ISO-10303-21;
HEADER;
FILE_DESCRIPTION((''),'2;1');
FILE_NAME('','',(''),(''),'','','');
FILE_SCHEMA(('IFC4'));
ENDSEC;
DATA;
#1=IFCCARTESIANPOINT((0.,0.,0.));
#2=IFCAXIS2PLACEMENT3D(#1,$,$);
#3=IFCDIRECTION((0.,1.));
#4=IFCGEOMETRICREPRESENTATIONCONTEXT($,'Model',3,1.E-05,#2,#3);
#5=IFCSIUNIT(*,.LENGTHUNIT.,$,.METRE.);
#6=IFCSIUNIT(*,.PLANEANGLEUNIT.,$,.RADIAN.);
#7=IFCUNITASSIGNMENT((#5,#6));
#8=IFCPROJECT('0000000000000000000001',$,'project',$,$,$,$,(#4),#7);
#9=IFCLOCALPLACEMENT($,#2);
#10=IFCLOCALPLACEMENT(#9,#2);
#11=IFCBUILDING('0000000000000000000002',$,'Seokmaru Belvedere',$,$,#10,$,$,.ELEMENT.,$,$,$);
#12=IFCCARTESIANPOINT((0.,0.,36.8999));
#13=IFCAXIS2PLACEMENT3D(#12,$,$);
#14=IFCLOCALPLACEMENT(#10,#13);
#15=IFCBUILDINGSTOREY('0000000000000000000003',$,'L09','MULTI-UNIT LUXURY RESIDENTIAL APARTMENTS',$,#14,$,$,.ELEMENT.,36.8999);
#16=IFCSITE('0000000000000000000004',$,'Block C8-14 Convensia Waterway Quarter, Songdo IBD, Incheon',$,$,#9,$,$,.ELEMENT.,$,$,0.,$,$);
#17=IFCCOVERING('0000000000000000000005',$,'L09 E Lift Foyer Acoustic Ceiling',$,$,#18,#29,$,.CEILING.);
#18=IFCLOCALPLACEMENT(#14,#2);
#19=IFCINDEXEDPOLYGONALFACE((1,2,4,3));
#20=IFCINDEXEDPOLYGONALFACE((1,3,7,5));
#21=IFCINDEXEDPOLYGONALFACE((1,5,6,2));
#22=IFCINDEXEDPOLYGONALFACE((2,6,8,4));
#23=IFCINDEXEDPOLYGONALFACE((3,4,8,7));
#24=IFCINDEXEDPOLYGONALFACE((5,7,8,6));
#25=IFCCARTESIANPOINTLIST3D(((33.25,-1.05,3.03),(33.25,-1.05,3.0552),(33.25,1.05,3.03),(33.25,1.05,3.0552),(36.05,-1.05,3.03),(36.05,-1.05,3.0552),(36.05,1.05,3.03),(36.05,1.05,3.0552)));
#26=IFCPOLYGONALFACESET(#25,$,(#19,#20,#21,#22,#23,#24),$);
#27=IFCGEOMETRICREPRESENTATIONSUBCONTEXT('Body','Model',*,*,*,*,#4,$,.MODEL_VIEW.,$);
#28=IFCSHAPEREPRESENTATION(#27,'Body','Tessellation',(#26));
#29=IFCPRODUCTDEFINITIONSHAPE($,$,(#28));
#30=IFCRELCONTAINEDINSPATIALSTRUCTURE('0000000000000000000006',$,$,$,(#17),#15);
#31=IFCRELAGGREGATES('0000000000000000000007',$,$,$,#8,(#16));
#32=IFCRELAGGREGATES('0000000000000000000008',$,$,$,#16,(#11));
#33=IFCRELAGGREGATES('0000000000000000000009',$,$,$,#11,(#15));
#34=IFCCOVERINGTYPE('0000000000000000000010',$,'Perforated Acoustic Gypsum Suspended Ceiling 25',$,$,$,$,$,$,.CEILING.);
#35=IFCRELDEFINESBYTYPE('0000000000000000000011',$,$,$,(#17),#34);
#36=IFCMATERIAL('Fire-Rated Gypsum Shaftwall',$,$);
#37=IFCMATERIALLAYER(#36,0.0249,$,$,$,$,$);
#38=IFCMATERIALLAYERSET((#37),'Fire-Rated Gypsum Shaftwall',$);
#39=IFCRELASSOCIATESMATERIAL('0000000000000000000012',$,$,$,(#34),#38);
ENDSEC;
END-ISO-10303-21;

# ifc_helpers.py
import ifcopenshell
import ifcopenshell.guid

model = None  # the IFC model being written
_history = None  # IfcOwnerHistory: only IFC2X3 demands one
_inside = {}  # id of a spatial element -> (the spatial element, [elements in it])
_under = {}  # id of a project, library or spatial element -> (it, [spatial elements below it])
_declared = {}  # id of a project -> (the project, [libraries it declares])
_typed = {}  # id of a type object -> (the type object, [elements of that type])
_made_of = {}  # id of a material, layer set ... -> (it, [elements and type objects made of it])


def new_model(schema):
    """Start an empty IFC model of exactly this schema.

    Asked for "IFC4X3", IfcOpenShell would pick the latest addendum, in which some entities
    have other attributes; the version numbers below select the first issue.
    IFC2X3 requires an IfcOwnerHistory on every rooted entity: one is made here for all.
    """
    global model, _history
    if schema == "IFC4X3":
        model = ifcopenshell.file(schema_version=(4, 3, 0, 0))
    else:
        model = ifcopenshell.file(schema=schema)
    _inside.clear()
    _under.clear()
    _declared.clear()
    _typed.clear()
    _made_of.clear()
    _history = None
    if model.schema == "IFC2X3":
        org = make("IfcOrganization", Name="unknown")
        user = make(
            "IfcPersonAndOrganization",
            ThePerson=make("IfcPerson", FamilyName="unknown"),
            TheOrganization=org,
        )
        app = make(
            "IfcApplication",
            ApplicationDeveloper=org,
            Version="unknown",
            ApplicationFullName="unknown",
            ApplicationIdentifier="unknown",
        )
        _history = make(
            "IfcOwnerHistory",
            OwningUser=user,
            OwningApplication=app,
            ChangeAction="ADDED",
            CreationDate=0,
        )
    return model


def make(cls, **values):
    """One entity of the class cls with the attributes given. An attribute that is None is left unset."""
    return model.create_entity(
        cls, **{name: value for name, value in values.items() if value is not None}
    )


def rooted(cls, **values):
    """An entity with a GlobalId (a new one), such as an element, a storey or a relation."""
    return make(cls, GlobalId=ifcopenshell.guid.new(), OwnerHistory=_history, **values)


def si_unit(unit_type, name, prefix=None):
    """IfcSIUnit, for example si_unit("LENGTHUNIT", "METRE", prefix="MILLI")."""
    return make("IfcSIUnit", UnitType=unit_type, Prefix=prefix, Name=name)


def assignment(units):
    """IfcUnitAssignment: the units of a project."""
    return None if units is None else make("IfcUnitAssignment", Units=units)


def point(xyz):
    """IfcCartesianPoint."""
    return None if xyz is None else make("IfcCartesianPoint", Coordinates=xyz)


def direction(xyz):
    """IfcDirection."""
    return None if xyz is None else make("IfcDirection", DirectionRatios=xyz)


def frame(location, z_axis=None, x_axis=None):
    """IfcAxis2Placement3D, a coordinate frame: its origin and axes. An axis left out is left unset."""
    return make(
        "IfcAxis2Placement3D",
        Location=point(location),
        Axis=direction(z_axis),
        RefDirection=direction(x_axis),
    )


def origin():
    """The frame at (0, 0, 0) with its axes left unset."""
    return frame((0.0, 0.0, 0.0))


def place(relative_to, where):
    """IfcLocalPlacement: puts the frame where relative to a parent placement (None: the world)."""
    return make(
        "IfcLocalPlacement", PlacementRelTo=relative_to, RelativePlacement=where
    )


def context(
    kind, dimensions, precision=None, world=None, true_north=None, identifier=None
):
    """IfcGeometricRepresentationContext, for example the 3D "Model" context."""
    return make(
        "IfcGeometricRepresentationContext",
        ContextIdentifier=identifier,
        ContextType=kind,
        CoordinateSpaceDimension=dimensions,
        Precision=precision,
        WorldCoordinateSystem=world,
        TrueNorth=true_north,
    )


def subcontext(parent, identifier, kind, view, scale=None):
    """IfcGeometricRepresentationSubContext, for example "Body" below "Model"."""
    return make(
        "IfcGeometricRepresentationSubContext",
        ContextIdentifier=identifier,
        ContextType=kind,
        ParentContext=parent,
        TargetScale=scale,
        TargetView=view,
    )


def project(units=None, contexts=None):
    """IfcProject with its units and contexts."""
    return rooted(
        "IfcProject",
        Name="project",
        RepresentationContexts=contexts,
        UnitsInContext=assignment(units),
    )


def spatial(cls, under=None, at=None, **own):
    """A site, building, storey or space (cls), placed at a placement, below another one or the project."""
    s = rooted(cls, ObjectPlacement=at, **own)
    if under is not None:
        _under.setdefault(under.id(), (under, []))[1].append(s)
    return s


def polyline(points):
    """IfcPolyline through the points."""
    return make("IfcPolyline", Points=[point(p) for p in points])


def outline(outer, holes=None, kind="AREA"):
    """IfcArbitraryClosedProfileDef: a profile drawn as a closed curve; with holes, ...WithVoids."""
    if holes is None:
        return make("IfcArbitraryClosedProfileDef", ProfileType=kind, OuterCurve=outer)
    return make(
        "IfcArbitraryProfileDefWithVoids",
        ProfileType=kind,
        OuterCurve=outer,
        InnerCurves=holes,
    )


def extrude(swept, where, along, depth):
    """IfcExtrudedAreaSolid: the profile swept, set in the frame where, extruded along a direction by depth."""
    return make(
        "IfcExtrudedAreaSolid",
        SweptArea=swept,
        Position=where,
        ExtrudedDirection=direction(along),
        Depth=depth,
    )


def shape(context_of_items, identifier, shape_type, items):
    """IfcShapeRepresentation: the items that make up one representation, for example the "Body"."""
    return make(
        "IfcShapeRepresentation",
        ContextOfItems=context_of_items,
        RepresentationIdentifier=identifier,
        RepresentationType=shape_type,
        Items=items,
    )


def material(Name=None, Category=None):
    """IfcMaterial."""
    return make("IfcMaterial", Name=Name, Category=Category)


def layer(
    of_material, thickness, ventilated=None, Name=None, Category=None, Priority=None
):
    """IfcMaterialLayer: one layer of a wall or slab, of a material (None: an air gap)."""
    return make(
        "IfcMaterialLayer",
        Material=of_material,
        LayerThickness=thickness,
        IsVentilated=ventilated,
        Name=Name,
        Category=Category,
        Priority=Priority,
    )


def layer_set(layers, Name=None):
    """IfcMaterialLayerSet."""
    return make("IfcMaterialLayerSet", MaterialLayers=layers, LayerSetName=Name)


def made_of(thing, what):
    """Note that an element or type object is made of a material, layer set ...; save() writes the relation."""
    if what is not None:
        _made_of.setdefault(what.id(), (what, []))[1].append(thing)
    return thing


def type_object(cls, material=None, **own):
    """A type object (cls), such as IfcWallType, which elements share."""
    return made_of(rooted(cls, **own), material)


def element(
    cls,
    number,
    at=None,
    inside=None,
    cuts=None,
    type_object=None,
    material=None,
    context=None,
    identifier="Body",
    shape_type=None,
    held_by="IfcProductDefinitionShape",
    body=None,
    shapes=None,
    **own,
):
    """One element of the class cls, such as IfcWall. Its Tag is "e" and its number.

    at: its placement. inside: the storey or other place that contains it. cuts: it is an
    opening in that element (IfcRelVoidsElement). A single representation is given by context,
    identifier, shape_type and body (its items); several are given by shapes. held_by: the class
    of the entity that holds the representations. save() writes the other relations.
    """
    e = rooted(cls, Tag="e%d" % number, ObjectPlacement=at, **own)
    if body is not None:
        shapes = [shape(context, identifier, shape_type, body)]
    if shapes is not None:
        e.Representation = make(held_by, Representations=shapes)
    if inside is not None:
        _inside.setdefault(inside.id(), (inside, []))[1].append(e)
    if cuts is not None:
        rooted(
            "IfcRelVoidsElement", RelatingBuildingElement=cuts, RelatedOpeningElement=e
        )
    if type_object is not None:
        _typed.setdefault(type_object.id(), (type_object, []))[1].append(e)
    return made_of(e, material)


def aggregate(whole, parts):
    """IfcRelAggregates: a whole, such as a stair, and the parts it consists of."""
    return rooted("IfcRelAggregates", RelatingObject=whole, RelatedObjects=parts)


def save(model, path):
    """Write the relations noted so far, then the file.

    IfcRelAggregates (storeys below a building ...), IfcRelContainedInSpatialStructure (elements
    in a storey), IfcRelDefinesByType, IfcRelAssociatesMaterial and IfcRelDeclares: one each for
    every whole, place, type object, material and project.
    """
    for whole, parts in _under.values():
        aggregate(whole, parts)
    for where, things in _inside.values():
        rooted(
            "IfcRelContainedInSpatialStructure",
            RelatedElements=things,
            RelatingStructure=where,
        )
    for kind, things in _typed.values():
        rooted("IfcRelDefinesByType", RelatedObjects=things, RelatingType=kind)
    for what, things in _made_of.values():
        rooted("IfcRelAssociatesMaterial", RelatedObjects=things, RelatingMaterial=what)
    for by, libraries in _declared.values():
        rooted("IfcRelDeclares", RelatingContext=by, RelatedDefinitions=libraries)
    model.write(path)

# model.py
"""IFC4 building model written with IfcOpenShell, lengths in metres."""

from ifc_helpers import new_model, si_unit, direction, frame, origin, place, context, subcontext, project, spatial, polyline, outline, extrude, material, layer, layer_set, type_object, element, save


model = new_model("IFC4")

# Units and contexts
model_context = context("Model", 3, precision=1e-05, world=origin(), true_north=direction((0.0, 1.0)))
body_context = subcontext(model_context, "Body", "Model", "MODEL_VIEW")
ifc_project = project(units=[si_unit("LENGTHUNIT", "METRE"), si_unit("PLANEANGLEUNIT", "RADIAN")], contexts=[model_context])

# Site, building, storey
site_placement = place(None, origin())
site = spatial("IfcSite", under=ifc_project, at=site_placement, Name="Block C8-14 Convensia Waterway Quarter, Songdo IBD, Incheon", CompositionType="ELEMENT", RefElevation=0.0)
building_placement = place(site_placement, origin())
building = spatial("IfcBuilding", under=site, at=building_placement, Name="Seokmaru Belvedere", CompositionType="ELEMENT")
storey_placement = place(building_placement, frame((0.0, 0.0, 36.8999)))
storey = spatial("IfcBuildingStorey", under=building, at=storey_placement, Name="L09", Description="MULTI-UNIT LUXURY RESIDENTIAL APARTMENTS", CompositionType="ELEMENT", Elevation=36.8999)

# Shared definitions
ifc_material_1 = material(Name="Fire-Rated Gypsum Shaftwall")

# Covering
ifc_layer_1 = layer(ifc_material_1, 0.0249)
ifc_layer_set_1 = layer_set([ifc_layer_1], Name="Fire-Rated Gypsum Shaftwall")
covering_type_1 = type_object("IfcCoveringType", Name="Perforated Acoustic Gypsum Suspended Ceiling 25", PredefinedType="CEILING", material=ifc_layer_set_1)
covering_1_placement = place(storey_placement, frame((0.0, 0.0, 3.03)))
element("IfcCovering", 1, at=covering_1_placement, inside=storey, type_object=covering_type_1, Name="L09 E Lift Foyer Acoustic Ceiling", PredefinedType="CEILING", context=body_context, shape_type="SweptSolid", body=[
    extrude(outline(polyline([(33.25, -1.05), (36.05, -1.05), (36.05, 1.05), (33.25, 1.05), (33.25, -1.05)])), origin(), (0.0, 0.0, 1.0), 0.0251),
])

save(model, "model.ifc")
